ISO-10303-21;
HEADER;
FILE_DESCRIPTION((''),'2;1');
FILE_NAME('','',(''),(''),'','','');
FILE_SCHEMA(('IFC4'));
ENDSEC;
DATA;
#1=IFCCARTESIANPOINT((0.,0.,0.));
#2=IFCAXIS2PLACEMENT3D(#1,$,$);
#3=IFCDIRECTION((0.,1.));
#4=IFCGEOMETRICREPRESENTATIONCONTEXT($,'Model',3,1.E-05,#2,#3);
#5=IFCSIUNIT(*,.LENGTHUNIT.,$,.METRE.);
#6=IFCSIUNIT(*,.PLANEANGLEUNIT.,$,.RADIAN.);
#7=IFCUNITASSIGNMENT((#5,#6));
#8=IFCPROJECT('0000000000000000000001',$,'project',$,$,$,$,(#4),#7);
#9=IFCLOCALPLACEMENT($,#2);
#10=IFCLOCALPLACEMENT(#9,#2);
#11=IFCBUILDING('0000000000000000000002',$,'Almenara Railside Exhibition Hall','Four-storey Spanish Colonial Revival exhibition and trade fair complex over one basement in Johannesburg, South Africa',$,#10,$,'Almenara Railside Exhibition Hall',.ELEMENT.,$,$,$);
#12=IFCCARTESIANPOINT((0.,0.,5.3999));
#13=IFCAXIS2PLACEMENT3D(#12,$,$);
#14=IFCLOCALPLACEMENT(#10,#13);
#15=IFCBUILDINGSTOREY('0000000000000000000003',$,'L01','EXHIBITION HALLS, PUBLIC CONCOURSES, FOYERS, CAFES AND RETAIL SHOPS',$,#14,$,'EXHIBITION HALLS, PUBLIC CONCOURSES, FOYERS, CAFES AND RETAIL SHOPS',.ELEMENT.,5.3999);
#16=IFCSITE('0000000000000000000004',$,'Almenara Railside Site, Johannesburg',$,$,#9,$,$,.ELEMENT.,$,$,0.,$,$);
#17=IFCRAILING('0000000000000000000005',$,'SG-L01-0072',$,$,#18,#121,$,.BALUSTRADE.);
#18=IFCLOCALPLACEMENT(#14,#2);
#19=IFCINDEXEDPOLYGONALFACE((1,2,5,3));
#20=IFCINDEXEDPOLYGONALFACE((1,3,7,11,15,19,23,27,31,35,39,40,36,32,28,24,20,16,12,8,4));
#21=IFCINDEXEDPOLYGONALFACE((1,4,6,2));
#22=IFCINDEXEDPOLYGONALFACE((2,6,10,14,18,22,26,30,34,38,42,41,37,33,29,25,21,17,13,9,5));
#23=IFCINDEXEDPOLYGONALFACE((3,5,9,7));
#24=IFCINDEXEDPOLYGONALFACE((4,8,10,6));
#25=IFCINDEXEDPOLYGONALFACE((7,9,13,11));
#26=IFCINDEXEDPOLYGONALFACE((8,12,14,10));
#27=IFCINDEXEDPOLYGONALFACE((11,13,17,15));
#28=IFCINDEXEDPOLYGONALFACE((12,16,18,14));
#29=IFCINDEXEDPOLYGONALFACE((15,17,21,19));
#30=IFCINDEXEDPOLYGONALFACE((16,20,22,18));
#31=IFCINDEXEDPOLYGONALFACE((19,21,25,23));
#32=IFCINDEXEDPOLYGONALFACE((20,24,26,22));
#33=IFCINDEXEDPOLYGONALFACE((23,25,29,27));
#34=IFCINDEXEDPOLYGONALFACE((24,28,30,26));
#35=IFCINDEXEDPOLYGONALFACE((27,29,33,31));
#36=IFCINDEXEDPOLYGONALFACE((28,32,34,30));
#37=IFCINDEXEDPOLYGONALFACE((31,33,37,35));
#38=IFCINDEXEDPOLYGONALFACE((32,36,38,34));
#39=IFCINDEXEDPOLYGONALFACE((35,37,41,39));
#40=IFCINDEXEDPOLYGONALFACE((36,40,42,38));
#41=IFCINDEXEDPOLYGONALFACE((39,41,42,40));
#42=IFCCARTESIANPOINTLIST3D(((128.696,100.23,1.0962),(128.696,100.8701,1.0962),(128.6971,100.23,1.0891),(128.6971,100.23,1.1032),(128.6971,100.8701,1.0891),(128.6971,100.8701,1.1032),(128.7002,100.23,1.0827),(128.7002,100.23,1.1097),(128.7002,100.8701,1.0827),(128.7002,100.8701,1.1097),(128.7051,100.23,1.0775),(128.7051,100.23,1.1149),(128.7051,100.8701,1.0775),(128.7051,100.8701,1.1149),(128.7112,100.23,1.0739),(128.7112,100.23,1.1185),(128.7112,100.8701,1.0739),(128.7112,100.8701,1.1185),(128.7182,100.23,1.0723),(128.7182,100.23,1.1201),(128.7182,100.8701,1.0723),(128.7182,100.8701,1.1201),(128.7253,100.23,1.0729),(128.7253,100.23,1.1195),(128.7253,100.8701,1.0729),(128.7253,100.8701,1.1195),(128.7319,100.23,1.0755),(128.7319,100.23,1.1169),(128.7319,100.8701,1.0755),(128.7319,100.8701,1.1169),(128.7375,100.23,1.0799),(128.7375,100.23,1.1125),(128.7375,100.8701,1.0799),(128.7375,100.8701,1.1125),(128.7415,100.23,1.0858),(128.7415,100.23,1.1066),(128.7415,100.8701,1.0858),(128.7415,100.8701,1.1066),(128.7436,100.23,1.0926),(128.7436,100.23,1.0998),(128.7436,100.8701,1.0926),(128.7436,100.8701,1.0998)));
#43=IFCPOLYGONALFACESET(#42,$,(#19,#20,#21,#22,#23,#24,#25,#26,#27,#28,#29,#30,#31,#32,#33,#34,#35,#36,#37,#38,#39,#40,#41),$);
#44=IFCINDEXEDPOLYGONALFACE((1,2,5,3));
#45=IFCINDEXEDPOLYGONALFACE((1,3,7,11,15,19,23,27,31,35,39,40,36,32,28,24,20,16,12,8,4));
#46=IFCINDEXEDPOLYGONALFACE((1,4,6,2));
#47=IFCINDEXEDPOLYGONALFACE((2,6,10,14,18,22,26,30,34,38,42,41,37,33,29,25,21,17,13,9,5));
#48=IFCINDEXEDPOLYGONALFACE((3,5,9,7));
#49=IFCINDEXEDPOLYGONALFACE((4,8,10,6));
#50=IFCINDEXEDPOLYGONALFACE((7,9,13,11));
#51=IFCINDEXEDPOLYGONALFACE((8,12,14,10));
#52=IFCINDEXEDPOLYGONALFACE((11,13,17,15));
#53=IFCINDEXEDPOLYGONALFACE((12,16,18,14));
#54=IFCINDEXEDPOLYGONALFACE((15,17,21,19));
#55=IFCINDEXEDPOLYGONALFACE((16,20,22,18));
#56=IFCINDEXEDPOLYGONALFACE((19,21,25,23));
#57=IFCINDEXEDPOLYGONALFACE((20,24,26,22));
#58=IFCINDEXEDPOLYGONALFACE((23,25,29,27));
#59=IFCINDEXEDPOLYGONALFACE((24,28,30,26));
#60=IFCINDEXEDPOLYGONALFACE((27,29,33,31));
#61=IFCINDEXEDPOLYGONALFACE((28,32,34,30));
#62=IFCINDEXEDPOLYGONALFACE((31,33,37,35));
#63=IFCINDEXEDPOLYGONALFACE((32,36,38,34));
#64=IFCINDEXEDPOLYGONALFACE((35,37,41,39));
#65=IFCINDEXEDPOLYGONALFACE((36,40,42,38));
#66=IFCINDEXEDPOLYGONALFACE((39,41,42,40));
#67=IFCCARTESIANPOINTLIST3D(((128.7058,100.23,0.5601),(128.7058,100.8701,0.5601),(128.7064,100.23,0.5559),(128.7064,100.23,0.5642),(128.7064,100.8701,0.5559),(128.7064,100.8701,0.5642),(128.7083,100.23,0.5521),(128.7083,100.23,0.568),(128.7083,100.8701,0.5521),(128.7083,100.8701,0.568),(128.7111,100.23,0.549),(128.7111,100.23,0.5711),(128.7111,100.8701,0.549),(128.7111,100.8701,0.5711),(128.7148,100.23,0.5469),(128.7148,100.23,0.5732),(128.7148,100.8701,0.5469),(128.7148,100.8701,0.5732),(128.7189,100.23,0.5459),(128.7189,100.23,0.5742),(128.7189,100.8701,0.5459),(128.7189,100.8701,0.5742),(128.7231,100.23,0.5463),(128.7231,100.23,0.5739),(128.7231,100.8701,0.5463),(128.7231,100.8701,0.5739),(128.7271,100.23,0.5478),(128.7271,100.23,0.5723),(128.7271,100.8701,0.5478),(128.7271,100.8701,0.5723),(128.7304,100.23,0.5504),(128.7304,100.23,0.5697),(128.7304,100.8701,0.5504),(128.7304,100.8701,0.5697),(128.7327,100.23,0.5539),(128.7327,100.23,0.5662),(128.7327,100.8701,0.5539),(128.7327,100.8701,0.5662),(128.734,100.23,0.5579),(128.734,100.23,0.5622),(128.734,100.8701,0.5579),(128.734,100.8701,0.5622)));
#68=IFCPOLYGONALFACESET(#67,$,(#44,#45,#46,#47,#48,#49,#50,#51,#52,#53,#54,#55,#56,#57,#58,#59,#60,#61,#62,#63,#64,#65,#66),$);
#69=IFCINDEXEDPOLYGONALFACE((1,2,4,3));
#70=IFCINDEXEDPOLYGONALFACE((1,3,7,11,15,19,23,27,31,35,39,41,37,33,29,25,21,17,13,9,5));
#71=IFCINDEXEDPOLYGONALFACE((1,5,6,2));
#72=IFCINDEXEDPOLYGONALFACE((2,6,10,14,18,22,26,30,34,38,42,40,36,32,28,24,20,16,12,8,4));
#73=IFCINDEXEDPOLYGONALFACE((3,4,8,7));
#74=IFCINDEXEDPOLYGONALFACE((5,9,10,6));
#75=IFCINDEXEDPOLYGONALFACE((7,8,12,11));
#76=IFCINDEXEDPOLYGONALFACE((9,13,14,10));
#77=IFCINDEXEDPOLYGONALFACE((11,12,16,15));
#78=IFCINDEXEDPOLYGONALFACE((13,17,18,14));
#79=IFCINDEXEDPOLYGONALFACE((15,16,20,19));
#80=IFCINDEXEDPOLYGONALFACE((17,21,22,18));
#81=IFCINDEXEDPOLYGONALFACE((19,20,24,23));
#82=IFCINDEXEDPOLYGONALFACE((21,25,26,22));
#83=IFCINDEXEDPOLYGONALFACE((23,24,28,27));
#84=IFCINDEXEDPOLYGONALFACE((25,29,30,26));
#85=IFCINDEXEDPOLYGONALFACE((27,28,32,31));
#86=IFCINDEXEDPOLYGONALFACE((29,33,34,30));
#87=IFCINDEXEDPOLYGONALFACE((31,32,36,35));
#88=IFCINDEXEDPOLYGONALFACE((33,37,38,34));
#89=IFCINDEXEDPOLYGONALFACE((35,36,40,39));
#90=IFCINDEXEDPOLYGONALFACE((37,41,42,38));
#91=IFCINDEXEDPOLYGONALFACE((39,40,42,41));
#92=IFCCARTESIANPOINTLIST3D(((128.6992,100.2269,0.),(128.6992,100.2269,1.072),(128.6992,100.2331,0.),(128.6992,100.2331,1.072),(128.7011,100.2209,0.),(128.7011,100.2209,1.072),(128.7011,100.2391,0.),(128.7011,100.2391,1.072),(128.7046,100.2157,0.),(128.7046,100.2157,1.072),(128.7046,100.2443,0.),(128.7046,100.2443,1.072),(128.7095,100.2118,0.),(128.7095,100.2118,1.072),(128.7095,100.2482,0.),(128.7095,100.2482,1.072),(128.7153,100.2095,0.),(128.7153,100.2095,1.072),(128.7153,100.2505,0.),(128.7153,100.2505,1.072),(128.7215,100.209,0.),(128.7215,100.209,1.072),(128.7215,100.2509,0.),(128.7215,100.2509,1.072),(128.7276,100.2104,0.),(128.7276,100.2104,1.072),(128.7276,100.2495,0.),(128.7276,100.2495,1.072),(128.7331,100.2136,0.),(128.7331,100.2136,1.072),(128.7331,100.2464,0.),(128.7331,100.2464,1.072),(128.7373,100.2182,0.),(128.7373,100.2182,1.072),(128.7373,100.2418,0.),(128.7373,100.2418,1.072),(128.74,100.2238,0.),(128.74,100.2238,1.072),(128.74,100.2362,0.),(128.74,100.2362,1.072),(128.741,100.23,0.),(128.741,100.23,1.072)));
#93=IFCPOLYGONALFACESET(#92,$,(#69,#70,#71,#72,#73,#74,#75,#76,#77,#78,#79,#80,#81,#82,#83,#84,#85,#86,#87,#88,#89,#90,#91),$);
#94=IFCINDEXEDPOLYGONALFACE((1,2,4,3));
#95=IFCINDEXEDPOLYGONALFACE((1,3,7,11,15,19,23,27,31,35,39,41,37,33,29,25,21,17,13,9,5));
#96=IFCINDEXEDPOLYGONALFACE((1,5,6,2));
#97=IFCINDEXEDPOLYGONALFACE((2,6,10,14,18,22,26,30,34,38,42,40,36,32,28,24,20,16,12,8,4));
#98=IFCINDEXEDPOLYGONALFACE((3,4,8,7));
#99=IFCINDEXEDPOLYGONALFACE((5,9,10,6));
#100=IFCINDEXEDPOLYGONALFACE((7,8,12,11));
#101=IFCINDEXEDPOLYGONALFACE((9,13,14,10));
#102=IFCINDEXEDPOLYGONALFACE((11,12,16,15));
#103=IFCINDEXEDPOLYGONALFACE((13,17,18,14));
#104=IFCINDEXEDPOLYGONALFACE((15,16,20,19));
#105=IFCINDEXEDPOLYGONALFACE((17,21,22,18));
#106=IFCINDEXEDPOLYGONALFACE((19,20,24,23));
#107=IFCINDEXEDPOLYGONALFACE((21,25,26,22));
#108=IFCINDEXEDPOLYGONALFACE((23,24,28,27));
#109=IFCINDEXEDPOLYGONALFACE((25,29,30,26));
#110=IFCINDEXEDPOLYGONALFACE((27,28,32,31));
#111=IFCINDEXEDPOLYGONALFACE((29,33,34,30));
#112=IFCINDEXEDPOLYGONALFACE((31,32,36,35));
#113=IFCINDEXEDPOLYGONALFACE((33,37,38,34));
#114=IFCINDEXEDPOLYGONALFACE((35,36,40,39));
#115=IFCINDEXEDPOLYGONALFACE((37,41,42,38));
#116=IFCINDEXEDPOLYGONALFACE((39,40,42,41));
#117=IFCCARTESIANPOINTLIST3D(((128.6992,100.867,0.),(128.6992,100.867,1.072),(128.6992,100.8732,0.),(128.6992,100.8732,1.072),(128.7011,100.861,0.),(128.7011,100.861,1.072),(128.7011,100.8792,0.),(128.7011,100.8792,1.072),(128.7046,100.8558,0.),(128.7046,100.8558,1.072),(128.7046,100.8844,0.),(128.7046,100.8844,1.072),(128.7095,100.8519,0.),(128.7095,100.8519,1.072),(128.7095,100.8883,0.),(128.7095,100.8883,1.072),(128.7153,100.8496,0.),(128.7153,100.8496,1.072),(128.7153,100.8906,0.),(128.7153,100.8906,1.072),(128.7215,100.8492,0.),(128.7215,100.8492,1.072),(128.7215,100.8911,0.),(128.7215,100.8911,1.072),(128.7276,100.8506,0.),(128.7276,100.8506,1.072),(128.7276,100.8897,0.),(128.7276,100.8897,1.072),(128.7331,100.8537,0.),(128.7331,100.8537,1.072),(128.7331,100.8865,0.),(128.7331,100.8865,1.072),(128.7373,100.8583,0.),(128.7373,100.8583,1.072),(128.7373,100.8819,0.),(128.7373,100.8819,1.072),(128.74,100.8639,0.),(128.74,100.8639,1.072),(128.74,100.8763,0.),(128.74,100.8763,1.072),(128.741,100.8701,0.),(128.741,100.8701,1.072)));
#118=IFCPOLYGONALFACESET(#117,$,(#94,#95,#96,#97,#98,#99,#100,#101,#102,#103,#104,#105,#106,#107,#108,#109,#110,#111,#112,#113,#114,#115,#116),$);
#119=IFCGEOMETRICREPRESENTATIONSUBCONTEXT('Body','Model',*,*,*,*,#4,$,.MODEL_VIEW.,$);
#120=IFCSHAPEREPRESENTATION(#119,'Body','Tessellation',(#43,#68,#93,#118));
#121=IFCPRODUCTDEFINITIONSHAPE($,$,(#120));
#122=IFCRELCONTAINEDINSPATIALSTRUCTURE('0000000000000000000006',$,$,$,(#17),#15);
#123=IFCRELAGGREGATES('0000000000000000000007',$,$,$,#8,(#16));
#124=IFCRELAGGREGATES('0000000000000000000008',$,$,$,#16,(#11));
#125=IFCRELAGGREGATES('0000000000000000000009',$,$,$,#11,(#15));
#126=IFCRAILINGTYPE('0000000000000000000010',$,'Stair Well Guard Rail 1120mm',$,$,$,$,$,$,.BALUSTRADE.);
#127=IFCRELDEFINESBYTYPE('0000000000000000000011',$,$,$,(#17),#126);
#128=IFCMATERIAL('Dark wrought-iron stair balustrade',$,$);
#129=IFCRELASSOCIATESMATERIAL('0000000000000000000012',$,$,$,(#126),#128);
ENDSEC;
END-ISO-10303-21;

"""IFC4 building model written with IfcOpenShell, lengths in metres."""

from ifc_helpers import new_model, si_unit, direction, frame, origin, origin_2d, place, context, subcontext, project, spatial, circle, extrude, material, type_object, element, save


model = new_model("IFC4")

# Units and contexts
model_context = context("Model", 3, precision=1e-05, world=origin(), true_north=direction((0.0, 1.0)))
body_context = subcontext(model_context, "Body", "Model", "MODEL_VIEW")
ifc_project = project(units=[si_unit("LENGTHUNIT", "METRE"), si_unit("PLANEANGLEUNIT", "RADIAN")], contexts=[model_context])

# Site, building, storey
site_placement = place(None, origin())
site = spatial("IfcSite", under=ifc_project, at=site_placement, Name="Almenara Railside Site, Johannesburg", CompositionType="ELEMENT", RefElevation=0.0)
building_placement = place(site_placement, origin())
building = spatial("IfcBuilding", under=site, at=building_placement, Name="Almenara Railside Exhibition Hall", Description="Four-storey Spanish Colonial Revival exhibition and trade fair complex over one basement in Johannesburg, South Africa", LongName="Almenara Railside Exhibition Hall", CompositionType="ELEMENT")
storey_placement = place(building_placement, frame((0.0, 0.0, 5.3999)))
storey = spatial("IfcBuildingStorey", under=building, at=storey_placement, Name="L01", Description="EXHIBITION HALLS, PUBLIC CONCOURSES, FOYERS, CAFES AND RETAIL SHOPS", LongName="EXHIBITION HALLS, PUBLIC CONCOURSES, FOYERS, CAFES AND RETAIL SHOPS", CompositionType="ELEMENT", Elevation=5.3999)

# Railing
ifc_material_1 = material(Name="Dark wrought-iron stair balustrade")
railing_type_1 = type_object("IfcRailingType", Name="Stair Well Guard Rail 1120mm", PredefinedType="BALUSTRADE", material=ifc_material_1)
railing_1_placement = place(storey_placement, frame((128.72, 100.23, 0.0)))
element("IfcRailing", 1, at=railing_1_placement, inside=storey, type_object=railing_type_1, Name="SG-L01-0072", PredefinedType="BALUSTRADE", context=body_context, shape_type="SweptSolid", body=[
    extrude(circle(Radius=0.0239, at=origin_2d()), frame((0.0, 0.0, 1.0962), z_axis=(0.0, 1.0, 0.0), x_axis=(-1.0, 0.0, 0.0)), (0.0, 0.0, 1.0), 0.6401),
    extrude(circle(Radius=0.0142, at=origin_2d()), frame((0.0, 0.0, 0.5601), z_axis=(0.0, 1.0, 0.0), x_axis=(-1.0, 0.0, 0.0)), (0.0, 0.0, 1.0), 0.6401),
    extrude(circle(Radius=0.021, at=origin_2d()), origin(), (0.0, 0.0, 1.0), 1.072),
    extrude(circle(Radius=0.021, at=origin_2d()), frame((0.0, 0.6401, 0.0)), (0.0, 0.0, 1.0), 1.072),
])

save(model, "model.ifc")
